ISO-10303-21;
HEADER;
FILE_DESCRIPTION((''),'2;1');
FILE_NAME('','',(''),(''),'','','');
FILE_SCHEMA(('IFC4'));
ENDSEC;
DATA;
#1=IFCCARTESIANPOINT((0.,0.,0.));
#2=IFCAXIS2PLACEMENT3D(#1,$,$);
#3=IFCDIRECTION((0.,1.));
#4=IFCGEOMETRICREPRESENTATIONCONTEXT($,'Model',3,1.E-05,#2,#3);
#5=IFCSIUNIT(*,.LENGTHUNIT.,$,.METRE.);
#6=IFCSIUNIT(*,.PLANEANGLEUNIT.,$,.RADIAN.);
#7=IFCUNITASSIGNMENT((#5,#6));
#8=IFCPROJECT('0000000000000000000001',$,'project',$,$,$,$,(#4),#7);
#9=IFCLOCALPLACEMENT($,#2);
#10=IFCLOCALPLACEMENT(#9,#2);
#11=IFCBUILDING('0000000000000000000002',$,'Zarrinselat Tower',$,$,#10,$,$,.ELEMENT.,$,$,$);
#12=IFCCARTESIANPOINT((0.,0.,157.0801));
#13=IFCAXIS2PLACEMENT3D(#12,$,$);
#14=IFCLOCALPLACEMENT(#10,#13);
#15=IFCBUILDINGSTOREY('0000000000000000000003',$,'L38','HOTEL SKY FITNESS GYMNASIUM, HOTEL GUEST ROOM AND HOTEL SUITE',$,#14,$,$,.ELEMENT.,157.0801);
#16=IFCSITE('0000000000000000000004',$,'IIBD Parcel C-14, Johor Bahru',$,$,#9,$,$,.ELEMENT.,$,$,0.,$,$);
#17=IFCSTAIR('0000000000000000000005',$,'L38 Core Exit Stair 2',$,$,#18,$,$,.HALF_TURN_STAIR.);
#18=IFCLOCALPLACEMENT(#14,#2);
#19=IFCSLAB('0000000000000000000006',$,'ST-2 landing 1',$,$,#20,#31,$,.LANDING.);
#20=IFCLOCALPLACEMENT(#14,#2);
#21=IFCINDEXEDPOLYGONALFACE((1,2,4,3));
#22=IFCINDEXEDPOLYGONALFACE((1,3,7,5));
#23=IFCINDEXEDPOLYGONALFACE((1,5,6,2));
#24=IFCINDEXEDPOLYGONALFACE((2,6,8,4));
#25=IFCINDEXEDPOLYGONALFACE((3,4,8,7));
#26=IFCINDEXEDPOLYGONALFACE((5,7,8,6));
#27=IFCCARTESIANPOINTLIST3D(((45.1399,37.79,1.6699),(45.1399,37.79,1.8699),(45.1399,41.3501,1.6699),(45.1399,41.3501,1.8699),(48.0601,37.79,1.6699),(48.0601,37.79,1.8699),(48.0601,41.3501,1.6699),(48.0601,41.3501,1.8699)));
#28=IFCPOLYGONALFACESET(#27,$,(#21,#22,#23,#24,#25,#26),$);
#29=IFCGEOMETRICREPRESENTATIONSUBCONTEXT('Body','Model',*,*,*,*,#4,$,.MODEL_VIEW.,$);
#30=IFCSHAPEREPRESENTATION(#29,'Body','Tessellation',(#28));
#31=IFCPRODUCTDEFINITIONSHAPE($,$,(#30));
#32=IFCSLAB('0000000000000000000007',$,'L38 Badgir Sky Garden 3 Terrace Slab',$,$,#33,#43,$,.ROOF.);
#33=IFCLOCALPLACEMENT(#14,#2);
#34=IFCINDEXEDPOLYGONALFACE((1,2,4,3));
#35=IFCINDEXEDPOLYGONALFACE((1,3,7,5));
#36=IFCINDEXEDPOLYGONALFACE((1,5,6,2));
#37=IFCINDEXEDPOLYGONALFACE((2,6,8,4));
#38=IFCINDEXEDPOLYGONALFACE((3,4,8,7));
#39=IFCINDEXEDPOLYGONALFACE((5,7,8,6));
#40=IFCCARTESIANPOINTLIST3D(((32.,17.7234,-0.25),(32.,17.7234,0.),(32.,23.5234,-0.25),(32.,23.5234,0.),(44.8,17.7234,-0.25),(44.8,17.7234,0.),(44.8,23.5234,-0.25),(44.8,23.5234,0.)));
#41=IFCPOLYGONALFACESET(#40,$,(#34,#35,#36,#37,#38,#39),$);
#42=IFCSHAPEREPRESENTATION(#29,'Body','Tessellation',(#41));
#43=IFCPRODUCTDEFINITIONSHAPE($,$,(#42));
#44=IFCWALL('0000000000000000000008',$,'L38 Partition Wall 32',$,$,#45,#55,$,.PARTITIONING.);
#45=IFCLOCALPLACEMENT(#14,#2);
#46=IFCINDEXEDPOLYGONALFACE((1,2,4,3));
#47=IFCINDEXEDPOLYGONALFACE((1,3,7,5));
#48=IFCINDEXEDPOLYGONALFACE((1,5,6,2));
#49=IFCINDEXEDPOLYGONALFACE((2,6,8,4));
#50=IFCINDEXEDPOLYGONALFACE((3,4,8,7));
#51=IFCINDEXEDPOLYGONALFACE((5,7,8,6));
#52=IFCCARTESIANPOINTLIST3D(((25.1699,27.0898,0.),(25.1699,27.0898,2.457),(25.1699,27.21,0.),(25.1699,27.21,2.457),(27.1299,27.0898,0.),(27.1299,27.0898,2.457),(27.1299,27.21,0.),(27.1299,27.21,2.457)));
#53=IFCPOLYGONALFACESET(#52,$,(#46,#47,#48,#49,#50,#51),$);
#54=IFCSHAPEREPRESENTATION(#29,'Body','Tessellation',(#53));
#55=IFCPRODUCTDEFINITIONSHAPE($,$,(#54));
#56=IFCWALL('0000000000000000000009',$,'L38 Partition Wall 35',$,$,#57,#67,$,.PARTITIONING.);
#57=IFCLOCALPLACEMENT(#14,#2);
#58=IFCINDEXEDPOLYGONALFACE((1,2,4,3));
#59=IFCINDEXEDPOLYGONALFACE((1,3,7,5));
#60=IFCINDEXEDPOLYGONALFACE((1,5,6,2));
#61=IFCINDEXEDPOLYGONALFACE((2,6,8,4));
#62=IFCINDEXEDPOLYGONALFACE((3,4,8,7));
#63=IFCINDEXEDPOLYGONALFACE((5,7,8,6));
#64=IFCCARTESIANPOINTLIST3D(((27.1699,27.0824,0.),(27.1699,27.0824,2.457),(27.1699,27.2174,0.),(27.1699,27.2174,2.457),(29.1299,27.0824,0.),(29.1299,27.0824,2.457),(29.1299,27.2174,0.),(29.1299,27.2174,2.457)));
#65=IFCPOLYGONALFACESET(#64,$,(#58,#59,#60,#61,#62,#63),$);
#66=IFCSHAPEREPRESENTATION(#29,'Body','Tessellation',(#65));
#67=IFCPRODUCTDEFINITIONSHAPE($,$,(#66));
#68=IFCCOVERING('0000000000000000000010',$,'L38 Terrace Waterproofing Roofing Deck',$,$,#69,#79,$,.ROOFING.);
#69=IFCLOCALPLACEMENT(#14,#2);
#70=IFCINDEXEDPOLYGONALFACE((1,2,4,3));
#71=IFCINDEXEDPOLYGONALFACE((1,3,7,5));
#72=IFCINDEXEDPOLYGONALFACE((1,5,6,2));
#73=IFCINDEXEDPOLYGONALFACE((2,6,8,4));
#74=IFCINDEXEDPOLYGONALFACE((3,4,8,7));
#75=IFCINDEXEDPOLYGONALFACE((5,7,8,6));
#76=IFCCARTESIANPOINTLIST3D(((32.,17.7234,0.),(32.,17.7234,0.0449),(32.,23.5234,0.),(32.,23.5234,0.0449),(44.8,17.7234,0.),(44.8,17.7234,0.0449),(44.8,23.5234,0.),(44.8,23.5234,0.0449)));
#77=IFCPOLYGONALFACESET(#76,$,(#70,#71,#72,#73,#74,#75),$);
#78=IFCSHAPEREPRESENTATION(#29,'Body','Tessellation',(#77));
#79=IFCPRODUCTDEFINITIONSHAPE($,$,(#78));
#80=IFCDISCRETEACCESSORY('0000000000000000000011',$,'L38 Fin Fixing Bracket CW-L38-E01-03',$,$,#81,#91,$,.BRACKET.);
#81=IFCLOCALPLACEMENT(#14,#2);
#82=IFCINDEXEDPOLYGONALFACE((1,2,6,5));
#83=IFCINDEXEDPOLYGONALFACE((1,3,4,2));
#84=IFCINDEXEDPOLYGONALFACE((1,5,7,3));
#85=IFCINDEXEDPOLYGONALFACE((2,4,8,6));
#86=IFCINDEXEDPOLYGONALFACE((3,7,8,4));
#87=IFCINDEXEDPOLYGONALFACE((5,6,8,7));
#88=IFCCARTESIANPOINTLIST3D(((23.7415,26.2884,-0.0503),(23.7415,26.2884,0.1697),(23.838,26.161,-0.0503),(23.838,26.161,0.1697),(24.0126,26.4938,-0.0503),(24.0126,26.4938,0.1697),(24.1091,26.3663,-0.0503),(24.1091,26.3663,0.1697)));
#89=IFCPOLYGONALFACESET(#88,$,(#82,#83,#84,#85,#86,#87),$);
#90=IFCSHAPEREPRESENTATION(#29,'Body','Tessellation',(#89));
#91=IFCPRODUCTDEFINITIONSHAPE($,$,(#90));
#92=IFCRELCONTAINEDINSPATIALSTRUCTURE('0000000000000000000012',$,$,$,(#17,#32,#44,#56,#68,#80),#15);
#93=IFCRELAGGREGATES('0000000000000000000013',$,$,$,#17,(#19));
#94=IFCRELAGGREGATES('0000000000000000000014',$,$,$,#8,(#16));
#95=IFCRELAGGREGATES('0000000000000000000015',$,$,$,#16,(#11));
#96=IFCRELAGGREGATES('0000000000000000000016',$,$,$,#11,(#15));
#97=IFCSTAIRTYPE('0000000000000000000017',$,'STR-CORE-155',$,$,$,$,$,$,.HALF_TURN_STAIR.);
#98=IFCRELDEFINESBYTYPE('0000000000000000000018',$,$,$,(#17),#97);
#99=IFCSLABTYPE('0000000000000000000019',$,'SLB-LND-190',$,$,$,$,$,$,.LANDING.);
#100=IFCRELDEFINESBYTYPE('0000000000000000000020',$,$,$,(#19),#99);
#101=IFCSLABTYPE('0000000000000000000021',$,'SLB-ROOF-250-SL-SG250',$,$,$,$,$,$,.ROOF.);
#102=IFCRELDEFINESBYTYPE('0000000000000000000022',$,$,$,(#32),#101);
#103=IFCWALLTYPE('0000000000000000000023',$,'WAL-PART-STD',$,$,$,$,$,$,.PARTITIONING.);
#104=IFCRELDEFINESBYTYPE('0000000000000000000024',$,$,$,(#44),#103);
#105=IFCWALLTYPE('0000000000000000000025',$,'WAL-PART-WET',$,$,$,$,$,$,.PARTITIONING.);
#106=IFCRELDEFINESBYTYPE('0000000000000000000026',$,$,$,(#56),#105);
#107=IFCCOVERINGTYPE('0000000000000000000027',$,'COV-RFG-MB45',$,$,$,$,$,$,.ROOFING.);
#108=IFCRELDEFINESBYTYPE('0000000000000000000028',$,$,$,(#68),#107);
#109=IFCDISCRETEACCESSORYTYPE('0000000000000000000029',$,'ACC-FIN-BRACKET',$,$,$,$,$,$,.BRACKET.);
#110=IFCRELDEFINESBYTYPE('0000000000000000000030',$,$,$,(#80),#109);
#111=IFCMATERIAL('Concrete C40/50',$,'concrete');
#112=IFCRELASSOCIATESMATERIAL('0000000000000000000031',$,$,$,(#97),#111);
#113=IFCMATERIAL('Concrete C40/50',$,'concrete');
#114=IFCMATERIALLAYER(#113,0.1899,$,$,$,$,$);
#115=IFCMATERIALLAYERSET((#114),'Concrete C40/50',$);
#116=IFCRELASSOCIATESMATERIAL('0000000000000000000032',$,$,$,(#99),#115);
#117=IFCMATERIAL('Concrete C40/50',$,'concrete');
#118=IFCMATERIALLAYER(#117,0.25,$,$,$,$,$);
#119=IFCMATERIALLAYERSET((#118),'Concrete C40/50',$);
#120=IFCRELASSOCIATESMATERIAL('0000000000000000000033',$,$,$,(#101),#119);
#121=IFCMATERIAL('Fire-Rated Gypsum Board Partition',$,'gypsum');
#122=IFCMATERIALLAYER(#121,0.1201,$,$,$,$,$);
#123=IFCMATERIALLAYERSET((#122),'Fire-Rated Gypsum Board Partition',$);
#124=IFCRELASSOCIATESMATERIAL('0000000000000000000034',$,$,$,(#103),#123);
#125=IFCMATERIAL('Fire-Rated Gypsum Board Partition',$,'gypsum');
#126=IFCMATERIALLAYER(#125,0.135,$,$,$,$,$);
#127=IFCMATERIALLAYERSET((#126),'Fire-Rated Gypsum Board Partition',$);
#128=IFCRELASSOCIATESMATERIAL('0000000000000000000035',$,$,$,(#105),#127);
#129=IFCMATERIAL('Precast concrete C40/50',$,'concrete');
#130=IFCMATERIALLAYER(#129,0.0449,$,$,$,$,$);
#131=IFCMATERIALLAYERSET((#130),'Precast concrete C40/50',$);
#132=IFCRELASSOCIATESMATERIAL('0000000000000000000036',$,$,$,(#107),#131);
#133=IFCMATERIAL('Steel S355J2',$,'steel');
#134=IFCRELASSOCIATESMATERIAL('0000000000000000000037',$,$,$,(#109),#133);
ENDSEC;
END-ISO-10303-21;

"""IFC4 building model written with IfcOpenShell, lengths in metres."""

from ifc_helpers import new_model, si_unit, direction, frame, frame_2d, origin, origin_2d, place, context, subcontext, project, spatial, polyline, rectangle, outline, extrude, material, layer, layer_set, type_object, element, aggregate, save


model = new_model("IFC4")

# Units and contexts
model_context = context("Model", 3, precision=1e-05, world=origin(), true_north=direction((0.0, 1.0)))
body_context = subcontext(model_context, "Body", "Model", "MODEL_VIEW")
ifc_project = project(units=[si_unit("LENGTHUNIT", "METRE"), si_unit("PLANEANGLEUNIT", "RADIAN")], contexts=[model_context])

# Site, building, storey
site_placement = place(None, origin())
site = spatial("IfcSite", under=ifc_project, at=site_placement, Name="IIBD Parcel C-14, Johor Bahru", CompositionType="ELEMENT", RefElevation=0.0)
building_placement = place(site_placement, origin())
building = spatial("IfcBuilding", under=site, at=building_placement, Name="Zarrinselat Tower", CompositionType="ELEMENT")
storey_placement = place(building_placement, frame((0.0, 0.0, 157.0801)))
storey = spatial("IfcBuildingStorey", under=building, at=storey_placement, Name="L38", Description="HOTEL SKY FITNESS GYMNASIUM, HOTEL GUEST ROOM AND HOTEL SUITE", CompositionType="ELEMENT", Elevation=157.0801)

# Stair, slab
ifc_material_1 = material(Name="Concrete C40/50", Category="concrete")
stair_type_1 = type_object("IfcStairType", Name="STR-CORE-155", PredefinedType="HALF_TURN_STAIR", material=ifc_material_1)
ifc_material_2 = material(Name="Concrete C40/50", Category="concrete")
ifc_layer_1 = layer(ifc_material_2, 0.1899)
ifc_layer_set_1 = layer_set([ifc_layer_1], Name="Concrete C40/50")
slab_type_1 = type_object("IfcSlabType", Name="SLB-LND-190", PredefinedType="LANDING", material=ifc_layer_set_1)
stair_1_placement = place(storey_placement, origin())
stair_1 = element("IfcStair", 1, at=stair_1_placement, inside=storey, type_object=stair_type_1, Name="L38 Core Exit Stair 2", PredefinedType="HALF_TURN_STAIR")
slab_1_placement = place(storey_placement, frame((0.0, 0.0, 1.6699)))
slab_1 = element("IfcSlab", 2, at=slab_1_placement, type_object=slab_type_1, Name="ST-2 landing 1", PredefinedType="LANDING", context=body_context, shape_type="SweptSolid", body=[
    extrude(outline(polyline([(48.0601, 37.79), (48.0601, 41.3501), (45.1399, 41.3501), (45.1399, 37.79), (48.0601, 37.79)])), origin(), (0.0, 0.0, 1.0), 0.2),
])
aggregate(stair_1, [slab_1])

# Slab
ifc_material_3 = material(Name="Concrete C40/50", Category="concrete")
ifc_layer_2 = layer(ifc_material_3, 0.25)
ifc_layer_set_2 = layer_set([ifc_layer_2], Name="Concrete C40/50")
slab_type_2 = type_object("IfcSlabType", Name="SLB-ROOF-250-SL-SG250", PredefinedType="ROOF", material=ifc_layer_set_2)
slab_2_placement = place(storey_placement, frame((0.0, 0.0, -0.25)))
element("IfcSlab", 3, at=slab_2_placement, inside=storey, type_object=slab_type_2, Name="L38 Badgir Sky Garden 3 Terrace Slab", PredefinedType="ROOF", context=body_context, shape_type="SweptSolid", body=[
    extrude(outline(polyline([(32.0, 17.7234), (32.0, 23.5234), (44.8, 23.5234), (44.8, 17.7234), (32.0, 17.7234)])), origin(), (0.0, 0.0, 1.0), 0.25),
])

# Walls
ifc_material_4 = material(Name="Fire-Rated Gypsum Board Partition", Category="gypsum")
ifc_layer_3 = layer(ifc_material_4, 0.1201)
ifc_layer_set_3 = layer_set([ifc_layer_3], Name="Fire-Rated Gypsum Board Partition")
wall_type_1 = type_object("IfcWallType", Name="WAL-PART-STD", PredefinedType="PARTITIONING", material=ifc_layer_set_3)
wall_1_placement = place(storey_placement, frame((25.1699, 27.1499, 0.0), z_axis=(0.0, 0.0, 1.0), x_axis=(1.0, 0.0, 0.0)))
element("IfcWall", 4, at=wall_1_placement, inside=storey, type_object=wall_type_1, Name="L38 Partition Wall 32", PredefinedType="PARTITIONING", context=body_context, shape_type="SweptSolid", body=[
    extrude(rectangle(XDim=1.96, YDim=0.1201, at=frame_2d((0.98, 0.0))), origin(), (0.0, 0.0, 1.0), 2.457),
])
ifc_material_5 = material(Name="Fire-Rated Gypsum Board Partition", Category="gypsum")
ifc_layer_4 = layer(ifc_material_5, 0.135)
ifc_layer_set_4 = layer_set([ifc_layer_4], Name="Fire-Rated Gypsum Board Partition")
wall_type_2 = type_object("IfcWallType", Name="WAL-PART-WET", PredefinedType="PARTITIONING", material=ifc_layer_set_4)
wall_2_placement = place(storey_placement, frame((27.1699, 27.1499, 0.0), z_axis=(0.0, 0.0, 1.0), x_axis=(1.0, 0.0, 0.0)))
element("IfcWall", 5, at=wall_2_placement, inside=storey, type_object=wall_type_2, Name="L38 Partition Wall 35", PredefinedType="PARTITIONING", context=body_context, shape_type="SweptSolid", body=[
    extrude(rectangle(XDim=1.96, YDim=0.135, at=frame_2d((0.98, 0.0))), origin(), (0.0, 0.0, 1.0), 2.457),
])

# Covering
ifc_material_6 = material(Name="Precast concrete C40/50", Category="concrete")
ifc_layer_5 = layer(ifc_material_6, 0.0449)
ifc_layer_set_5 = layer_set([ifc_layer_5], Name="Precast concrete C40/50")
covering_type = type_object("IfcCoveringType", Name="COV-RFG-MB45", PredefinedType="ROOFING", material=ifc_layer_set_5)
covering_placement = place(storey_placement, origin())
element("IfcCovering", 6, at=covering_placement, inside=storey, type_object=covering_type, Name="L38 Terrace Waterproofing Roofing Deck", PredefinedType="ROOFING", context=body_context, shape_type="SweptSolid", body=[
    extrude(outline(polyline([(32.0, 17.7234), (32.0, 23.5234), (44.8, 23.5234), (44.8, 17.7234), (32.0, 17.7234)])), origin(), (0.0, 0.0, 1.0), 0.0449),
])

# Discrete accessory
ifc_material_7 = material(Name="Steel S355J2", Category="steel")
discrete_accessory_type = type_object("IfcDiscreteAccessoryType", Name="ACC-FIN-BRACKET", PredefinedType="BRACKET", material=ifc_material_7)
discrete_accessory_placement = place(storey_placement, frame((23.9253, 26.3274, -0.0503), z_axis=(0.0, 0.0, 1.0), x_axis=(-0.797092, -0.603858, 0.0)))
element("IfcDiscreteAccessory", 7, at=discrete_accessory_placement, inside=storey, type_object=discrete_accessory_type, Name="L38 Fin Fixing Bracket CW-L38-E01-03", PredefinedType="BRACKET", context=body_context, shape_type="SweptSolid", body=[
    extrude(rectangle(XDim=0.3401, YDim=0.1599, at=origin_2d()), origin(), (0.0, 0.0, 1.0), 0.22),
])

save(model, "model.ifc")
